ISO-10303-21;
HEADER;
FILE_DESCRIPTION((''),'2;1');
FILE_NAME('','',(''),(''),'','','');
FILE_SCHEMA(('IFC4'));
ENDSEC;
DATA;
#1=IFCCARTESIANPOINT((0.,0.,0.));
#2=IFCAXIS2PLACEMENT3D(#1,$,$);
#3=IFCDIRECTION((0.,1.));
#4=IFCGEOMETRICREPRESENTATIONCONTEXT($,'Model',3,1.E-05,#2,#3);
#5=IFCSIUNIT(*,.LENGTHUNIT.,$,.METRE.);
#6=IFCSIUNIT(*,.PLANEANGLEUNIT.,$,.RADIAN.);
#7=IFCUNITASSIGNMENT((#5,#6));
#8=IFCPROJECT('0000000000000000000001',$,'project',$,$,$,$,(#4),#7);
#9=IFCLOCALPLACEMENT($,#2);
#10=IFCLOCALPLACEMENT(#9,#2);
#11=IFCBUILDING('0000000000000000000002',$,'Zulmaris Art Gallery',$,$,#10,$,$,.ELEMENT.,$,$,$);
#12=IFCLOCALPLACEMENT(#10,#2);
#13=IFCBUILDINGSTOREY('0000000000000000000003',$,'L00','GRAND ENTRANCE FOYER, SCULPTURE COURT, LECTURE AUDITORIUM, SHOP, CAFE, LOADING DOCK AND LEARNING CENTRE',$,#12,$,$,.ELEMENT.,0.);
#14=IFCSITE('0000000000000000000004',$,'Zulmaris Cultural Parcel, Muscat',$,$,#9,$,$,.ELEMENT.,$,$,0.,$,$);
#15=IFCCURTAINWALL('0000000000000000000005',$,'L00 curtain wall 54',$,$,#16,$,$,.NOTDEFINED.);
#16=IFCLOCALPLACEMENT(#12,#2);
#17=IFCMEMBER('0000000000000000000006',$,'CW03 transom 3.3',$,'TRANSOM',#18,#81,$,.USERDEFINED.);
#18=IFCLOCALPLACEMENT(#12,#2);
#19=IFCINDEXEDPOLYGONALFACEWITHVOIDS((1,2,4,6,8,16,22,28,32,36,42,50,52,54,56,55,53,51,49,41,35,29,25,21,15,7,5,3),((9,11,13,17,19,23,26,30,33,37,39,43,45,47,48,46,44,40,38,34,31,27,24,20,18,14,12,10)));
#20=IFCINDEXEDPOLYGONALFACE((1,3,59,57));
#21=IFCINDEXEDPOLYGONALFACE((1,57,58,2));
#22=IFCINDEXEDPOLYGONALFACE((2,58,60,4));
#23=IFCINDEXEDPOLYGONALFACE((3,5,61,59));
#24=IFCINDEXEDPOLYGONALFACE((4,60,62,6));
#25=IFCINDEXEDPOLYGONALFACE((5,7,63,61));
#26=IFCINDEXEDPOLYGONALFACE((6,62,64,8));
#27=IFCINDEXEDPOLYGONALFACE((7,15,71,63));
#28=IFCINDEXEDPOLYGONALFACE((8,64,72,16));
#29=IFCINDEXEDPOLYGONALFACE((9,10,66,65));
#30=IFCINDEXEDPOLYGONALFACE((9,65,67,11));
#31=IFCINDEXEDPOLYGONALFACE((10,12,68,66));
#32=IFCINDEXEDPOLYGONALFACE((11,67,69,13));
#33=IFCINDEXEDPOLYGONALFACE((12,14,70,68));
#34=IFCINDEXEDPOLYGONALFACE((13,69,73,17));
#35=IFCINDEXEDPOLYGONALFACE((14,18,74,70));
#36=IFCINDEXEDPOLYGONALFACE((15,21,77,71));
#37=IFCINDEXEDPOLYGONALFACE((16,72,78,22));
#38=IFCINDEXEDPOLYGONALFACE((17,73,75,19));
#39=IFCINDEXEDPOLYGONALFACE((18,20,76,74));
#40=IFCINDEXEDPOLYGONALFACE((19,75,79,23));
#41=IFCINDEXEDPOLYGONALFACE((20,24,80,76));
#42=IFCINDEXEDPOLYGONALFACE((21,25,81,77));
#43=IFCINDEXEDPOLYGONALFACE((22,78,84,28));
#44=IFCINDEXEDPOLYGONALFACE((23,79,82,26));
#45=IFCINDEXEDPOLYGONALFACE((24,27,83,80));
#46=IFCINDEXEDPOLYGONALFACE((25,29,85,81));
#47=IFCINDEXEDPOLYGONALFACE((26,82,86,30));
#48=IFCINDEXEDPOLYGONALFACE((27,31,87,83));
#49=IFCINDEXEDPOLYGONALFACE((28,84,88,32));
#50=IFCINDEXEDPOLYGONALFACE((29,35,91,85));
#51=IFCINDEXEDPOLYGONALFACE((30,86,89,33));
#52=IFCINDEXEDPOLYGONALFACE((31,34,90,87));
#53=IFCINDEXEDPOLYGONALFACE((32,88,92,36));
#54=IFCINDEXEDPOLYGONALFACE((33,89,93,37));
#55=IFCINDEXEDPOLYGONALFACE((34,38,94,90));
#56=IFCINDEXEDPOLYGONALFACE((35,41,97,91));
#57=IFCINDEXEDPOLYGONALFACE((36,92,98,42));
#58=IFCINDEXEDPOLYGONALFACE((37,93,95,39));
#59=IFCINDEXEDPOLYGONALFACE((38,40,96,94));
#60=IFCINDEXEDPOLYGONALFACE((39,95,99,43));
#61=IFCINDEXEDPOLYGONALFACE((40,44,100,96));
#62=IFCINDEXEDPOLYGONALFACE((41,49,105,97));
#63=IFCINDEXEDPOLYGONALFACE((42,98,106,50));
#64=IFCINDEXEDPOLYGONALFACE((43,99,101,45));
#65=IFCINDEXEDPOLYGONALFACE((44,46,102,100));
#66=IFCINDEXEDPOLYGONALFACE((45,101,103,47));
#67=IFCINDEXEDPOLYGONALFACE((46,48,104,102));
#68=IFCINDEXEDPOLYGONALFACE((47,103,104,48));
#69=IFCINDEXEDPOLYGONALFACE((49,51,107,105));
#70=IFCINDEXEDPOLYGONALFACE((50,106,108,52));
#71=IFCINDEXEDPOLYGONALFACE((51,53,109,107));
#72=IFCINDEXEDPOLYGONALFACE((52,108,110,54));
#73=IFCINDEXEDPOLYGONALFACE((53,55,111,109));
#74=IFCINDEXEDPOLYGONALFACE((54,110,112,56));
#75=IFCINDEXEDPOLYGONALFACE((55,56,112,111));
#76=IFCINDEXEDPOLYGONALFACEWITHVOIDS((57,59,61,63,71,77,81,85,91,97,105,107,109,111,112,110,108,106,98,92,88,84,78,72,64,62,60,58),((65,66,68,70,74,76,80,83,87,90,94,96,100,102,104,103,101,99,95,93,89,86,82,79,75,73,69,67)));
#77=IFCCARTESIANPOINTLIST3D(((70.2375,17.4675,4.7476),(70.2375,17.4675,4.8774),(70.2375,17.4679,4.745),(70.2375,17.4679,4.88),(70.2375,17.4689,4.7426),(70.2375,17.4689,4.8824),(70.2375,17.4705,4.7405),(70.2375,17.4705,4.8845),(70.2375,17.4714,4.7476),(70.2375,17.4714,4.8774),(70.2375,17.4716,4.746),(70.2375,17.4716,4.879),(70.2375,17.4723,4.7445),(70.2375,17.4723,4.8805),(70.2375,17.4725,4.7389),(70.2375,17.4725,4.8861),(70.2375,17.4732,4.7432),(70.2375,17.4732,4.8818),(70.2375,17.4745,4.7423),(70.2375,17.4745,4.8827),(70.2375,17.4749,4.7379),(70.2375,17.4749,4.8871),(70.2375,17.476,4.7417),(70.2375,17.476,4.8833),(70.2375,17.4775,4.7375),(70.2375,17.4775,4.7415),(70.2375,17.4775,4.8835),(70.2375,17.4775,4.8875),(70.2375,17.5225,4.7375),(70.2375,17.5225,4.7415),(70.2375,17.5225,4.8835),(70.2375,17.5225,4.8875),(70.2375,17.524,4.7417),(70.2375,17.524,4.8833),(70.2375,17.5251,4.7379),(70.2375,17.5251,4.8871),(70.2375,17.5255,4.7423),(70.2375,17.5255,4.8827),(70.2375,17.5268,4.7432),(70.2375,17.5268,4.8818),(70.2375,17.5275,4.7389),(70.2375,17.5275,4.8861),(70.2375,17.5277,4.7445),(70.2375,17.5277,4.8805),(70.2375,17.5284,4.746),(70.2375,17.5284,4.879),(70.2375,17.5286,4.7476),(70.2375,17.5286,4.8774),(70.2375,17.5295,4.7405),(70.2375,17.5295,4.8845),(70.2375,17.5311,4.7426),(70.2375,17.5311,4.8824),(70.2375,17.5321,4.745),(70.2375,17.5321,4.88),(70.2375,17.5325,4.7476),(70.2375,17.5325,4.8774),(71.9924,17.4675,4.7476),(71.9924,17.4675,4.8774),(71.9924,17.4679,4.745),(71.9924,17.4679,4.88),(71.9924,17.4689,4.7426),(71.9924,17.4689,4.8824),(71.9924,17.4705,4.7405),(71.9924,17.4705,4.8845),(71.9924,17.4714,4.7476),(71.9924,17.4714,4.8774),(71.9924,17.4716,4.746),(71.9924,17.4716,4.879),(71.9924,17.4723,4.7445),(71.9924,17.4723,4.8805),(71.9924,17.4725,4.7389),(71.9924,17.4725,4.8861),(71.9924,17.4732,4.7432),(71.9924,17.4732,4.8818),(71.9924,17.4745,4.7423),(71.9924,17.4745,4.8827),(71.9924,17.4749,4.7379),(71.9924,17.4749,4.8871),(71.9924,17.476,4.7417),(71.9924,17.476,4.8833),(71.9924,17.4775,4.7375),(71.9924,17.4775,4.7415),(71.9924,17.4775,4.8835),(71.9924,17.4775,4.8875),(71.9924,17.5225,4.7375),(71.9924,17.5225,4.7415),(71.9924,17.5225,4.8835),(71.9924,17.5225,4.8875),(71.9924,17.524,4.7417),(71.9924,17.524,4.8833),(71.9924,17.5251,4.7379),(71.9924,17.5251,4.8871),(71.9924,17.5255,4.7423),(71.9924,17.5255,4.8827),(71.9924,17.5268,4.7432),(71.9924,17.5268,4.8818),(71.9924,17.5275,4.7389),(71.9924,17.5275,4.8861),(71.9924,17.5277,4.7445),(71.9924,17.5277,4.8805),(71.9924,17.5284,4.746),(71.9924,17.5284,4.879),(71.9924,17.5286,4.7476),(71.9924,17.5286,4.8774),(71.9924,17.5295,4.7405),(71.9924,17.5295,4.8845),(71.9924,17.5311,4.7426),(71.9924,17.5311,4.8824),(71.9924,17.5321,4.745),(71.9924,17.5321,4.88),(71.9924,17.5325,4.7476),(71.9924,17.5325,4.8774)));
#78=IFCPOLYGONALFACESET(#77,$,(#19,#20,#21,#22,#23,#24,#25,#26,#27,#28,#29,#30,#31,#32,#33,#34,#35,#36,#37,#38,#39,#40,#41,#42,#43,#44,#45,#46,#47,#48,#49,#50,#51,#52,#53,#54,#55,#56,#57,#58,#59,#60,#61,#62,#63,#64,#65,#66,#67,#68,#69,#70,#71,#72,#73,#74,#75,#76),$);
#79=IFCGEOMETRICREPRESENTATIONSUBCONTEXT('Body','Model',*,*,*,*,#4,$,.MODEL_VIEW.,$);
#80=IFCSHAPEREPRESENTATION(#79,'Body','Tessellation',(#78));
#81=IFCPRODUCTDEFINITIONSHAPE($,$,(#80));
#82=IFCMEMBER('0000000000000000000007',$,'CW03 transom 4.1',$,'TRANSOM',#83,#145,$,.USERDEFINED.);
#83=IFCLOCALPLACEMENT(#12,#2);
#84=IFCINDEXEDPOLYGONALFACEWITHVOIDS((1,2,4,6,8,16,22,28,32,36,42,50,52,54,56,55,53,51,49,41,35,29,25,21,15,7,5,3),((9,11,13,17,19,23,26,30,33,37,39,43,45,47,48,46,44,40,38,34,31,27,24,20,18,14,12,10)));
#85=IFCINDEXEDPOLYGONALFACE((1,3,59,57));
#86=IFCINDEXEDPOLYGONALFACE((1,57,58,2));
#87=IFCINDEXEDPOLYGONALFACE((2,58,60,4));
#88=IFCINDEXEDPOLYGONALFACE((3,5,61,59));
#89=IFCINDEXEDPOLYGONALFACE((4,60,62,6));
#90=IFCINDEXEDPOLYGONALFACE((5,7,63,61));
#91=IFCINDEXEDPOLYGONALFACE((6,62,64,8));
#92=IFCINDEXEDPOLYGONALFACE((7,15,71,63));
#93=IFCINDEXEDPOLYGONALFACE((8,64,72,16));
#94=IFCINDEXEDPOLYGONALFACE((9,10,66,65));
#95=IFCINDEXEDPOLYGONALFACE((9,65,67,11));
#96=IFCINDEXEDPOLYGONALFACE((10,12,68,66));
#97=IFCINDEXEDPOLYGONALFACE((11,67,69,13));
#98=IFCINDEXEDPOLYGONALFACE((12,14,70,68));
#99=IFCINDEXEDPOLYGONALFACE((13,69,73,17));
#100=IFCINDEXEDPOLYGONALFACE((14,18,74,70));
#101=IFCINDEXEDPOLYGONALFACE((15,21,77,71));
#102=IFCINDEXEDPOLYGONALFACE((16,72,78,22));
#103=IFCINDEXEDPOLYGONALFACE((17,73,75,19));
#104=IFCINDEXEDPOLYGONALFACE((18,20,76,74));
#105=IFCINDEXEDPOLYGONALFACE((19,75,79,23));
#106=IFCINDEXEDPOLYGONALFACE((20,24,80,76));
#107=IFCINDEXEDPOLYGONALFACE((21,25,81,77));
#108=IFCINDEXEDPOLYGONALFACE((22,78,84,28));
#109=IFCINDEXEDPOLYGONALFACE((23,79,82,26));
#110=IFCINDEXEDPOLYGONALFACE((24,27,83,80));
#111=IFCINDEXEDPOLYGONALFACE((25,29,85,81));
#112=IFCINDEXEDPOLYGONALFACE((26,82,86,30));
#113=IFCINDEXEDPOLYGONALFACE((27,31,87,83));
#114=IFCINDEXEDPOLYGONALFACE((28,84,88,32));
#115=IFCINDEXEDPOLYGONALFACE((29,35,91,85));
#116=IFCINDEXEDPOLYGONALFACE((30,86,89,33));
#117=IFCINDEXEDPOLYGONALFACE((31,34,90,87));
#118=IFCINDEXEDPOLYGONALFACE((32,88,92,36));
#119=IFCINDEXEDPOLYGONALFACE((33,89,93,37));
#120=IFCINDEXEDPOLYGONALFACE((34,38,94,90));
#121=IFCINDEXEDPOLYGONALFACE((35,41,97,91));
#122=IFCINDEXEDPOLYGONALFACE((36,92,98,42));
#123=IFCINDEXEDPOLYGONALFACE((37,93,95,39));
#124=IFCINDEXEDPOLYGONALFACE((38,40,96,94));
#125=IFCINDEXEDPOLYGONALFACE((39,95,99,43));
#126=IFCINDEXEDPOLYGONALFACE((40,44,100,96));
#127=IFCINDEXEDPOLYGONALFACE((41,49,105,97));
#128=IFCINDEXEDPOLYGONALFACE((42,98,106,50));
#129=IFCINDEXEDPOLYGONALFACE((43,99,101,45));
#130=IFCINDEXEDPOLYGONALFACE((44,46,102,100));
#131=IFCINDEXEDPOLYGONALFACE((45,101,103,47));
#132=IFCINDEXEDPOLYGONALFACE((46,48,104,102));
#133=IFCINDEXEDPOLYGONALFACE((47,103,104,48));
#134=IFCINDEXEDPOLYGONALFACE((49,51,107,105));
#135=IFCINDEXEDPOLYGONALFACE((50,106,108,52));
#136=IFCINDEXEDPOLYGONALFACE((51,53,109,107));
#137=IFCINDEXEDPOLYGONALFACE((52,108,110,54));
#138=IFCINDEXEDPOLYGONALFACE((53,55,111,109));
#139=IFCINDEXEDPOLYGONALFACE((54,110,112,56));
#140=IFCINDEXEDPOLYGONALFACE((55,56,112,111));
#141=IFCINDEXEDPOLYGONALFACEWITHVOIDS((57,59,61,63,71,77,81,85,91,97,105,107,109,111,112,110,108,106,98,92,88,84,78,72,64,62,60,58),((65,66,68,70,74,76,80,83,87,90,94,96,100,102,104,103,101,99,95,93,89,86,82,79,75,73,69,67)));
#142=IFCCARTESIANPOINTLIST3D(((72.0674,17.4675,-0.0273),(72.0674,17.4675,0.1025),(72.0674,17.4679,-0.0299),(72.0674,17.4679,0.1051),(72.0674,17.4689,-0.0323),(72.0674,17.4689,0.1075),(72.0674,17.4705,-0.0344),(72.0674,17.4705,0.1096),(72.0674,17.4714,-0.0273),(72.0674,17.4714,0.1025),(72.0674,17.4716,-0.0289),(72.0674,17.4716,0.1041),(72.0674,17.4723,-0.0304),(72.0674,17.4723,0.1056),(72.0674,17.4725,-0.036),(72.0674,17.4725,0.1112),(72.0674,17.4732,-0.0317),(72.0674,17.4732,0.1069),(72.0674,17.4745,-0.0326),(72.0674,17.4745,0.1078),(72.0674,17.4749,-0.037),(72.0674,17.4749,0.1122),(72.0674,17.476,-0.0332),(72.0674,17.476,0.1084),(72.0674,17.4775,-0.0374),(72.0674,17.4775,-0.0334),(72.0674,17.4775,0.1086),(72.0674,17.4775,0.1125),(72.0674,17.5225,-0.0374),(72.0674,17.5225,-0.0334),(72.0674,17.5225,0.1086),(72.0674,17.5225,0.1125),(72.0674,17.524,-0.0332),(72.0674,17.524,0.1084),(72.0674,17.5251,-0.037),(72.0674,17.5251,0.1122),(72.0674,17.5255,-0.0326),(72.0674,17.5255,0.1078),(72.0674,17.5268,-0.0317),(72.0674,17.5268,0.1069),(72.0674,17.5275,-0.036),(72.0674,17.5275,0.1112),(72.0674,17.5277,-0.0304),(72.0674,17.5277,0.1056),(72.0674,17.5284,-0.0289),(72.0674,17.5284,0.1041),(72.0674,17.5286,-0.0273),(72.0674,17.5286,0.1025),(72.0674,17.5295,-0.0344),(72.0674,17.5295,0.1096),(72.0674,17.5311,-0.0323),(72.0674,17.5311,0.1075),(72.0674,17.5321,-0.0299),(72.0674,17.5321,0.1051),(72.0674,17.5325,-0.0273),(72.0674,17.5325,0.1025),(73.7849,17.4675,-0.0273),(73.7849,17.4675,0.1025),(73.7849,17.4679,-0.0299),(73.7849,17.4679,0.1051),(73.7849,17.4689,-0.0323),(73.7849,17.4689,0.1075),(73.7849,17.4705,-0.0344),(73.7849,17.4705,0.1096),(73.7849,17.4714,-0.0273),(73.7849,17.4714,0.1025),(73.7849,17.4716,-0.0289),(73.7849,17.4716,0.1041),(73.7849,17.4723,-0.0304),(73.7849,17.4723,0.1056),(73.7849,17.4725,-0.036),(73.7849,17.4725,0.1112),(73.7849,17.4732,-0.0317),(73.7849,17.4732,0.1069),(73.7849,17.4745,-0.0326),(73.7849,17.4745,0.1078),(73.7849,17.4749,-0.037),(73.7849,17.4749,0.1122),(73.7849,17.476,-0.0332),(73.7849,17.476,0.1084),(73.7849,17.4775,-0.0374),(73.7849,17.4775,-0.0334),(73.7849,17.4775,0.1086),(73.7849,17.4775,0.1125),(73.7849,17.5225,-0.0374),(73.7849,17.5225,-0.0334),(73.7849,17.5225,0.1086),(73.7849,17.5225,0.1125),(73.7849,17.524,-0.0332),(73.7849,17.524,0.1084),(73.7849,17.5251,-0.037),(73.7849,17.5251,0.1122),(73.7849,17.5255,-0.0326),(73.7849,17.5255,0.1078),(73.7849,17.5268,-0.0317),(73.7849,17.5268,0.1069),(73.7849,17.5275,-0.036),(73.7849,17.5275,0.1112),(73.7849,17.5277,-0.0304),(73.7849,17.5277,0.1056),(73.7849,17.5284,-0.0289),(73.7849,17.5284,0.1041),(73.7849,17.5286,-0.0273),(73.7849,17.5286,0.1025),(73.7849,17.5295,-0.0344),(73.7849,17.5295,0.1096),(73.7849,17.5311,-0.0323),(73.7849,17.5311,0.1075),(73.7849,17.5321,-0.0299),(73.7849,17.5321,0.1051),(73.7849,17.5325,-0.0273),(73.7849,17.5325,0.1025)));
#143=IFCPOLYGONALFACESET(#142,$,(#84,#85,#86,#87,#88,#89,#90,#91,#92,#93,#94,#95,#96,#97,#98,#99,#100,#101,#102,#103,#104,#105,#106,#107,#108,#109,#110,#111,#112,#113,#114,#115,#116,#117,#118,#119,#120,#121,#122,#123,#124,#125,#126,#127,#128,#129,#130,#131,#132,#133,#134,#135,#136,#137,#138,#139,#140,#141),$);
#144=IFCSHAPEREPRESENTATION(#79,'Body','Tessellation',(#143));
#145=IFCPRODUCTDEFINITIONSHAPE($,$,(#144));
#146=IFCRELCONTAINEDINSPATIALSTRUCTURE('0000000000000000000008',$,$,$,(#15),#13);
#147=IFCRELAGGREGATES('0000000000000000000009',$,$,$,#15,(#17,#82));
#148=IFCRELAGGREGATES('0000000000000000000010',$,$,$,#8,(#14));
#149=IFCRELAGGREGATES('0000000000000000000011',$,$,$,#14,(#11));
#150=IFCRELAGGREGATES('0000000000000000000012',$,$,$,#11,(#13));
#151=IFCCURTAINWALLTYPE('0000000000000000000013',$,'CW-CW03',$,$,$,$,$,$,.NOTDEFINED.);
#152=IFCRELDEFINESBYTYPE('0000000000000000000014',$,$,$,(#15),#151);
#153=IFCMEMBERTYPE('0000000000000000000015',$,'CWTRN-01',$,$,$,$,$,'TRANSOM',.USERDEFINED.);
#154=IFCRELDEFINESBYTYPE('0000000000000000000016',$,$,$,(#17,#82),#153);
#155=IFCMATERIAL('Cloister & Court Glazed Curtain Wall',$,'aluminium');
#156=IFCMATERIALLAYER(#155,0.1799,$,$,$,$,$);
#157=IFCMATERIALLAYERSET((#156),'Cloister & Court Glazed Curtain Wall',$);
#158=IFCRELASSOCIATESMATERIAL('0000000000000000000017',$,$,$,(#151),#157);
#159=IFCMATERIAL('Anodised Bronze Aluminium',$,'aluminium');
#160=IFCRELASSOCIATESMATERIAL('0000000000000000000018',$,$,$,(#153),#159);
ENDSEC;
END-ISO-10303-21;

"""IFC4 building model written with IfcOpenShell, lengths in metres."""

from ifc_helpers import new_model, si_unit, direction, frame, origin, origin_2d, place, context, subcontext, project, spatial, hollow_rectangle, extrude, material, layer, layer_set, material_profile, profile_set, type_object, element, aggregate, save


model = new_model("IFC4")

# Units and contexts
model_context = context("Model", 3, precision=1e-05, world=origin(), true_north=direction((0.0, 1.0)))
body_context = subcontext(model_context, "Body", "Model", "MODEL_VIEW")
ifc_project = project(units=[si_unit("LENGTHUNIT", "METRE"), si_unit("PLANEANGLEUNIT", "RADIAN")], contexts=[model_context])

# Site, building, storey
site_placement = place(None, origin())
site = spatial("IfcSite", under=ifc_project, at=site_placement, Name="Zulmaris Cultural Parcel, Muscat", CompositionType="ELEMENT", RefElevation=0.0)
building_placement = place(site_placement, origin())
building = spatial("IfcBuilding", under=site, at=building_placement, Name="Zulmaris Art Gallery", CompositionType="ELEMENT")
storey_placement = place(building_placement, origin())
storey = spatial("IfcBuildingStorey", under=building, at=storey_placement, Name="L00", Description="GRAND ENTRANCE FOYER, SCULPTURE COURT, LECTURE AUDITORIUM, SHOP, CAFE, LOADING DOCK AND LEARNING CENTRE", CompositionType="ELEMENT", Elevation=0.0)

# Curtain wall, members
ifc_material_1 = material(Name="Cloister & Court Glazed Curtain Wall", Category="aluminium")
ifc_layer_1 = layer(ifc_material_1, 0.1799)
ifc_layer_set_1 = layer_set([ifc_layer_1], Name="Cloister & Court Glazed Curtain Wall")
curtain_wall_type = type_object("IfcCurtainWallType", Name="CW-CW03", PredefinedType="NOTDEFINED", material=ifc_layer_set_1)
curtain_wall_placement = place(storey_placement, origin())
curtain_wall = element("IfcCurtainWall", 1, at=curtain_wall_placement, inside=storey, type_object=curtain_wall_type, Name="L00 curtain wall 54", PredefinedType="NOTDEFINED")
ifc_material_2 = material(Name="Anodised Bronze Aluminium", Category="aluminium")
ifc_material_profile_1 = material_profile(ifc_material_2, hollow_rectangle(XDim=0.0649, YDim=0.1499, WallThickness=0.0039, InnerFilletRadius=0.0061, OuterFilletRadius=0.01, at=origin_2d()), Name="ALU 65x150x4")
ifc_profile_set_1 = profile_set([ifc_material_profile_1], Name="Anodised Bronze Aluminium")
member_type_1 = type_object("IfcMemberType", Name="CWTRN-01", ElementType="TRANSOM", PredefinedType="USERDEFINED", material=ifc_profile_set_1)
member_1_placement = place(storey_placement, frame((70.2375, 17.5, 4.8125), z_axis=(1.0, 0.0, 0.0), x_axis=(0.0, 1.0, 0.0)))
member_1 = element("IfcMember", 2, at=member_1_placement, type_object=member_type_1, Name="CW03 transom 3.3", ObjectType="TRANSOM", PredefinedType="USERDEFINED", context=body_context, shape_type="SweptSolid", body=[
    extrude(hollow_rectangle(XDim=0.0649, YDim=0.1499, WallThickness=0.0039, InnerFilletRadius=0.0061, OuterFilletRadius=0.01, at=origin_2d()), origin(), (0.0, 0.0, 1.0), 1.7549),
])
member_2_placement = place(storey_placement, frame((72.0674, 17.5, 0.0376), z_axis=(1.0, 0.0, 0.0), x_axis=(0.0, 1.0, 0.0)))
member_2 = element("IfcMember", 3, at=member_2_placement, type_object=member_type_1, Name="CW03 transom 4.1", ObjectType="TRANSOM", PredefinedType="USERDEFINED", context=body_context, shape_type="SweptSolid", body=[
    extrude(hollow_rectangle(XDim=0.0649, YDim=0.1499, WallThickness=0.0039, InnerFilletRadius=0.0061, OuterFilletRadius=0.01, at=origin_2d()), origin(), (0.0, 0.0, 1.0), 1.7175),
])
aggregate(curtain_wall, [member_1, member_2])

save(model, "model.ifc")
